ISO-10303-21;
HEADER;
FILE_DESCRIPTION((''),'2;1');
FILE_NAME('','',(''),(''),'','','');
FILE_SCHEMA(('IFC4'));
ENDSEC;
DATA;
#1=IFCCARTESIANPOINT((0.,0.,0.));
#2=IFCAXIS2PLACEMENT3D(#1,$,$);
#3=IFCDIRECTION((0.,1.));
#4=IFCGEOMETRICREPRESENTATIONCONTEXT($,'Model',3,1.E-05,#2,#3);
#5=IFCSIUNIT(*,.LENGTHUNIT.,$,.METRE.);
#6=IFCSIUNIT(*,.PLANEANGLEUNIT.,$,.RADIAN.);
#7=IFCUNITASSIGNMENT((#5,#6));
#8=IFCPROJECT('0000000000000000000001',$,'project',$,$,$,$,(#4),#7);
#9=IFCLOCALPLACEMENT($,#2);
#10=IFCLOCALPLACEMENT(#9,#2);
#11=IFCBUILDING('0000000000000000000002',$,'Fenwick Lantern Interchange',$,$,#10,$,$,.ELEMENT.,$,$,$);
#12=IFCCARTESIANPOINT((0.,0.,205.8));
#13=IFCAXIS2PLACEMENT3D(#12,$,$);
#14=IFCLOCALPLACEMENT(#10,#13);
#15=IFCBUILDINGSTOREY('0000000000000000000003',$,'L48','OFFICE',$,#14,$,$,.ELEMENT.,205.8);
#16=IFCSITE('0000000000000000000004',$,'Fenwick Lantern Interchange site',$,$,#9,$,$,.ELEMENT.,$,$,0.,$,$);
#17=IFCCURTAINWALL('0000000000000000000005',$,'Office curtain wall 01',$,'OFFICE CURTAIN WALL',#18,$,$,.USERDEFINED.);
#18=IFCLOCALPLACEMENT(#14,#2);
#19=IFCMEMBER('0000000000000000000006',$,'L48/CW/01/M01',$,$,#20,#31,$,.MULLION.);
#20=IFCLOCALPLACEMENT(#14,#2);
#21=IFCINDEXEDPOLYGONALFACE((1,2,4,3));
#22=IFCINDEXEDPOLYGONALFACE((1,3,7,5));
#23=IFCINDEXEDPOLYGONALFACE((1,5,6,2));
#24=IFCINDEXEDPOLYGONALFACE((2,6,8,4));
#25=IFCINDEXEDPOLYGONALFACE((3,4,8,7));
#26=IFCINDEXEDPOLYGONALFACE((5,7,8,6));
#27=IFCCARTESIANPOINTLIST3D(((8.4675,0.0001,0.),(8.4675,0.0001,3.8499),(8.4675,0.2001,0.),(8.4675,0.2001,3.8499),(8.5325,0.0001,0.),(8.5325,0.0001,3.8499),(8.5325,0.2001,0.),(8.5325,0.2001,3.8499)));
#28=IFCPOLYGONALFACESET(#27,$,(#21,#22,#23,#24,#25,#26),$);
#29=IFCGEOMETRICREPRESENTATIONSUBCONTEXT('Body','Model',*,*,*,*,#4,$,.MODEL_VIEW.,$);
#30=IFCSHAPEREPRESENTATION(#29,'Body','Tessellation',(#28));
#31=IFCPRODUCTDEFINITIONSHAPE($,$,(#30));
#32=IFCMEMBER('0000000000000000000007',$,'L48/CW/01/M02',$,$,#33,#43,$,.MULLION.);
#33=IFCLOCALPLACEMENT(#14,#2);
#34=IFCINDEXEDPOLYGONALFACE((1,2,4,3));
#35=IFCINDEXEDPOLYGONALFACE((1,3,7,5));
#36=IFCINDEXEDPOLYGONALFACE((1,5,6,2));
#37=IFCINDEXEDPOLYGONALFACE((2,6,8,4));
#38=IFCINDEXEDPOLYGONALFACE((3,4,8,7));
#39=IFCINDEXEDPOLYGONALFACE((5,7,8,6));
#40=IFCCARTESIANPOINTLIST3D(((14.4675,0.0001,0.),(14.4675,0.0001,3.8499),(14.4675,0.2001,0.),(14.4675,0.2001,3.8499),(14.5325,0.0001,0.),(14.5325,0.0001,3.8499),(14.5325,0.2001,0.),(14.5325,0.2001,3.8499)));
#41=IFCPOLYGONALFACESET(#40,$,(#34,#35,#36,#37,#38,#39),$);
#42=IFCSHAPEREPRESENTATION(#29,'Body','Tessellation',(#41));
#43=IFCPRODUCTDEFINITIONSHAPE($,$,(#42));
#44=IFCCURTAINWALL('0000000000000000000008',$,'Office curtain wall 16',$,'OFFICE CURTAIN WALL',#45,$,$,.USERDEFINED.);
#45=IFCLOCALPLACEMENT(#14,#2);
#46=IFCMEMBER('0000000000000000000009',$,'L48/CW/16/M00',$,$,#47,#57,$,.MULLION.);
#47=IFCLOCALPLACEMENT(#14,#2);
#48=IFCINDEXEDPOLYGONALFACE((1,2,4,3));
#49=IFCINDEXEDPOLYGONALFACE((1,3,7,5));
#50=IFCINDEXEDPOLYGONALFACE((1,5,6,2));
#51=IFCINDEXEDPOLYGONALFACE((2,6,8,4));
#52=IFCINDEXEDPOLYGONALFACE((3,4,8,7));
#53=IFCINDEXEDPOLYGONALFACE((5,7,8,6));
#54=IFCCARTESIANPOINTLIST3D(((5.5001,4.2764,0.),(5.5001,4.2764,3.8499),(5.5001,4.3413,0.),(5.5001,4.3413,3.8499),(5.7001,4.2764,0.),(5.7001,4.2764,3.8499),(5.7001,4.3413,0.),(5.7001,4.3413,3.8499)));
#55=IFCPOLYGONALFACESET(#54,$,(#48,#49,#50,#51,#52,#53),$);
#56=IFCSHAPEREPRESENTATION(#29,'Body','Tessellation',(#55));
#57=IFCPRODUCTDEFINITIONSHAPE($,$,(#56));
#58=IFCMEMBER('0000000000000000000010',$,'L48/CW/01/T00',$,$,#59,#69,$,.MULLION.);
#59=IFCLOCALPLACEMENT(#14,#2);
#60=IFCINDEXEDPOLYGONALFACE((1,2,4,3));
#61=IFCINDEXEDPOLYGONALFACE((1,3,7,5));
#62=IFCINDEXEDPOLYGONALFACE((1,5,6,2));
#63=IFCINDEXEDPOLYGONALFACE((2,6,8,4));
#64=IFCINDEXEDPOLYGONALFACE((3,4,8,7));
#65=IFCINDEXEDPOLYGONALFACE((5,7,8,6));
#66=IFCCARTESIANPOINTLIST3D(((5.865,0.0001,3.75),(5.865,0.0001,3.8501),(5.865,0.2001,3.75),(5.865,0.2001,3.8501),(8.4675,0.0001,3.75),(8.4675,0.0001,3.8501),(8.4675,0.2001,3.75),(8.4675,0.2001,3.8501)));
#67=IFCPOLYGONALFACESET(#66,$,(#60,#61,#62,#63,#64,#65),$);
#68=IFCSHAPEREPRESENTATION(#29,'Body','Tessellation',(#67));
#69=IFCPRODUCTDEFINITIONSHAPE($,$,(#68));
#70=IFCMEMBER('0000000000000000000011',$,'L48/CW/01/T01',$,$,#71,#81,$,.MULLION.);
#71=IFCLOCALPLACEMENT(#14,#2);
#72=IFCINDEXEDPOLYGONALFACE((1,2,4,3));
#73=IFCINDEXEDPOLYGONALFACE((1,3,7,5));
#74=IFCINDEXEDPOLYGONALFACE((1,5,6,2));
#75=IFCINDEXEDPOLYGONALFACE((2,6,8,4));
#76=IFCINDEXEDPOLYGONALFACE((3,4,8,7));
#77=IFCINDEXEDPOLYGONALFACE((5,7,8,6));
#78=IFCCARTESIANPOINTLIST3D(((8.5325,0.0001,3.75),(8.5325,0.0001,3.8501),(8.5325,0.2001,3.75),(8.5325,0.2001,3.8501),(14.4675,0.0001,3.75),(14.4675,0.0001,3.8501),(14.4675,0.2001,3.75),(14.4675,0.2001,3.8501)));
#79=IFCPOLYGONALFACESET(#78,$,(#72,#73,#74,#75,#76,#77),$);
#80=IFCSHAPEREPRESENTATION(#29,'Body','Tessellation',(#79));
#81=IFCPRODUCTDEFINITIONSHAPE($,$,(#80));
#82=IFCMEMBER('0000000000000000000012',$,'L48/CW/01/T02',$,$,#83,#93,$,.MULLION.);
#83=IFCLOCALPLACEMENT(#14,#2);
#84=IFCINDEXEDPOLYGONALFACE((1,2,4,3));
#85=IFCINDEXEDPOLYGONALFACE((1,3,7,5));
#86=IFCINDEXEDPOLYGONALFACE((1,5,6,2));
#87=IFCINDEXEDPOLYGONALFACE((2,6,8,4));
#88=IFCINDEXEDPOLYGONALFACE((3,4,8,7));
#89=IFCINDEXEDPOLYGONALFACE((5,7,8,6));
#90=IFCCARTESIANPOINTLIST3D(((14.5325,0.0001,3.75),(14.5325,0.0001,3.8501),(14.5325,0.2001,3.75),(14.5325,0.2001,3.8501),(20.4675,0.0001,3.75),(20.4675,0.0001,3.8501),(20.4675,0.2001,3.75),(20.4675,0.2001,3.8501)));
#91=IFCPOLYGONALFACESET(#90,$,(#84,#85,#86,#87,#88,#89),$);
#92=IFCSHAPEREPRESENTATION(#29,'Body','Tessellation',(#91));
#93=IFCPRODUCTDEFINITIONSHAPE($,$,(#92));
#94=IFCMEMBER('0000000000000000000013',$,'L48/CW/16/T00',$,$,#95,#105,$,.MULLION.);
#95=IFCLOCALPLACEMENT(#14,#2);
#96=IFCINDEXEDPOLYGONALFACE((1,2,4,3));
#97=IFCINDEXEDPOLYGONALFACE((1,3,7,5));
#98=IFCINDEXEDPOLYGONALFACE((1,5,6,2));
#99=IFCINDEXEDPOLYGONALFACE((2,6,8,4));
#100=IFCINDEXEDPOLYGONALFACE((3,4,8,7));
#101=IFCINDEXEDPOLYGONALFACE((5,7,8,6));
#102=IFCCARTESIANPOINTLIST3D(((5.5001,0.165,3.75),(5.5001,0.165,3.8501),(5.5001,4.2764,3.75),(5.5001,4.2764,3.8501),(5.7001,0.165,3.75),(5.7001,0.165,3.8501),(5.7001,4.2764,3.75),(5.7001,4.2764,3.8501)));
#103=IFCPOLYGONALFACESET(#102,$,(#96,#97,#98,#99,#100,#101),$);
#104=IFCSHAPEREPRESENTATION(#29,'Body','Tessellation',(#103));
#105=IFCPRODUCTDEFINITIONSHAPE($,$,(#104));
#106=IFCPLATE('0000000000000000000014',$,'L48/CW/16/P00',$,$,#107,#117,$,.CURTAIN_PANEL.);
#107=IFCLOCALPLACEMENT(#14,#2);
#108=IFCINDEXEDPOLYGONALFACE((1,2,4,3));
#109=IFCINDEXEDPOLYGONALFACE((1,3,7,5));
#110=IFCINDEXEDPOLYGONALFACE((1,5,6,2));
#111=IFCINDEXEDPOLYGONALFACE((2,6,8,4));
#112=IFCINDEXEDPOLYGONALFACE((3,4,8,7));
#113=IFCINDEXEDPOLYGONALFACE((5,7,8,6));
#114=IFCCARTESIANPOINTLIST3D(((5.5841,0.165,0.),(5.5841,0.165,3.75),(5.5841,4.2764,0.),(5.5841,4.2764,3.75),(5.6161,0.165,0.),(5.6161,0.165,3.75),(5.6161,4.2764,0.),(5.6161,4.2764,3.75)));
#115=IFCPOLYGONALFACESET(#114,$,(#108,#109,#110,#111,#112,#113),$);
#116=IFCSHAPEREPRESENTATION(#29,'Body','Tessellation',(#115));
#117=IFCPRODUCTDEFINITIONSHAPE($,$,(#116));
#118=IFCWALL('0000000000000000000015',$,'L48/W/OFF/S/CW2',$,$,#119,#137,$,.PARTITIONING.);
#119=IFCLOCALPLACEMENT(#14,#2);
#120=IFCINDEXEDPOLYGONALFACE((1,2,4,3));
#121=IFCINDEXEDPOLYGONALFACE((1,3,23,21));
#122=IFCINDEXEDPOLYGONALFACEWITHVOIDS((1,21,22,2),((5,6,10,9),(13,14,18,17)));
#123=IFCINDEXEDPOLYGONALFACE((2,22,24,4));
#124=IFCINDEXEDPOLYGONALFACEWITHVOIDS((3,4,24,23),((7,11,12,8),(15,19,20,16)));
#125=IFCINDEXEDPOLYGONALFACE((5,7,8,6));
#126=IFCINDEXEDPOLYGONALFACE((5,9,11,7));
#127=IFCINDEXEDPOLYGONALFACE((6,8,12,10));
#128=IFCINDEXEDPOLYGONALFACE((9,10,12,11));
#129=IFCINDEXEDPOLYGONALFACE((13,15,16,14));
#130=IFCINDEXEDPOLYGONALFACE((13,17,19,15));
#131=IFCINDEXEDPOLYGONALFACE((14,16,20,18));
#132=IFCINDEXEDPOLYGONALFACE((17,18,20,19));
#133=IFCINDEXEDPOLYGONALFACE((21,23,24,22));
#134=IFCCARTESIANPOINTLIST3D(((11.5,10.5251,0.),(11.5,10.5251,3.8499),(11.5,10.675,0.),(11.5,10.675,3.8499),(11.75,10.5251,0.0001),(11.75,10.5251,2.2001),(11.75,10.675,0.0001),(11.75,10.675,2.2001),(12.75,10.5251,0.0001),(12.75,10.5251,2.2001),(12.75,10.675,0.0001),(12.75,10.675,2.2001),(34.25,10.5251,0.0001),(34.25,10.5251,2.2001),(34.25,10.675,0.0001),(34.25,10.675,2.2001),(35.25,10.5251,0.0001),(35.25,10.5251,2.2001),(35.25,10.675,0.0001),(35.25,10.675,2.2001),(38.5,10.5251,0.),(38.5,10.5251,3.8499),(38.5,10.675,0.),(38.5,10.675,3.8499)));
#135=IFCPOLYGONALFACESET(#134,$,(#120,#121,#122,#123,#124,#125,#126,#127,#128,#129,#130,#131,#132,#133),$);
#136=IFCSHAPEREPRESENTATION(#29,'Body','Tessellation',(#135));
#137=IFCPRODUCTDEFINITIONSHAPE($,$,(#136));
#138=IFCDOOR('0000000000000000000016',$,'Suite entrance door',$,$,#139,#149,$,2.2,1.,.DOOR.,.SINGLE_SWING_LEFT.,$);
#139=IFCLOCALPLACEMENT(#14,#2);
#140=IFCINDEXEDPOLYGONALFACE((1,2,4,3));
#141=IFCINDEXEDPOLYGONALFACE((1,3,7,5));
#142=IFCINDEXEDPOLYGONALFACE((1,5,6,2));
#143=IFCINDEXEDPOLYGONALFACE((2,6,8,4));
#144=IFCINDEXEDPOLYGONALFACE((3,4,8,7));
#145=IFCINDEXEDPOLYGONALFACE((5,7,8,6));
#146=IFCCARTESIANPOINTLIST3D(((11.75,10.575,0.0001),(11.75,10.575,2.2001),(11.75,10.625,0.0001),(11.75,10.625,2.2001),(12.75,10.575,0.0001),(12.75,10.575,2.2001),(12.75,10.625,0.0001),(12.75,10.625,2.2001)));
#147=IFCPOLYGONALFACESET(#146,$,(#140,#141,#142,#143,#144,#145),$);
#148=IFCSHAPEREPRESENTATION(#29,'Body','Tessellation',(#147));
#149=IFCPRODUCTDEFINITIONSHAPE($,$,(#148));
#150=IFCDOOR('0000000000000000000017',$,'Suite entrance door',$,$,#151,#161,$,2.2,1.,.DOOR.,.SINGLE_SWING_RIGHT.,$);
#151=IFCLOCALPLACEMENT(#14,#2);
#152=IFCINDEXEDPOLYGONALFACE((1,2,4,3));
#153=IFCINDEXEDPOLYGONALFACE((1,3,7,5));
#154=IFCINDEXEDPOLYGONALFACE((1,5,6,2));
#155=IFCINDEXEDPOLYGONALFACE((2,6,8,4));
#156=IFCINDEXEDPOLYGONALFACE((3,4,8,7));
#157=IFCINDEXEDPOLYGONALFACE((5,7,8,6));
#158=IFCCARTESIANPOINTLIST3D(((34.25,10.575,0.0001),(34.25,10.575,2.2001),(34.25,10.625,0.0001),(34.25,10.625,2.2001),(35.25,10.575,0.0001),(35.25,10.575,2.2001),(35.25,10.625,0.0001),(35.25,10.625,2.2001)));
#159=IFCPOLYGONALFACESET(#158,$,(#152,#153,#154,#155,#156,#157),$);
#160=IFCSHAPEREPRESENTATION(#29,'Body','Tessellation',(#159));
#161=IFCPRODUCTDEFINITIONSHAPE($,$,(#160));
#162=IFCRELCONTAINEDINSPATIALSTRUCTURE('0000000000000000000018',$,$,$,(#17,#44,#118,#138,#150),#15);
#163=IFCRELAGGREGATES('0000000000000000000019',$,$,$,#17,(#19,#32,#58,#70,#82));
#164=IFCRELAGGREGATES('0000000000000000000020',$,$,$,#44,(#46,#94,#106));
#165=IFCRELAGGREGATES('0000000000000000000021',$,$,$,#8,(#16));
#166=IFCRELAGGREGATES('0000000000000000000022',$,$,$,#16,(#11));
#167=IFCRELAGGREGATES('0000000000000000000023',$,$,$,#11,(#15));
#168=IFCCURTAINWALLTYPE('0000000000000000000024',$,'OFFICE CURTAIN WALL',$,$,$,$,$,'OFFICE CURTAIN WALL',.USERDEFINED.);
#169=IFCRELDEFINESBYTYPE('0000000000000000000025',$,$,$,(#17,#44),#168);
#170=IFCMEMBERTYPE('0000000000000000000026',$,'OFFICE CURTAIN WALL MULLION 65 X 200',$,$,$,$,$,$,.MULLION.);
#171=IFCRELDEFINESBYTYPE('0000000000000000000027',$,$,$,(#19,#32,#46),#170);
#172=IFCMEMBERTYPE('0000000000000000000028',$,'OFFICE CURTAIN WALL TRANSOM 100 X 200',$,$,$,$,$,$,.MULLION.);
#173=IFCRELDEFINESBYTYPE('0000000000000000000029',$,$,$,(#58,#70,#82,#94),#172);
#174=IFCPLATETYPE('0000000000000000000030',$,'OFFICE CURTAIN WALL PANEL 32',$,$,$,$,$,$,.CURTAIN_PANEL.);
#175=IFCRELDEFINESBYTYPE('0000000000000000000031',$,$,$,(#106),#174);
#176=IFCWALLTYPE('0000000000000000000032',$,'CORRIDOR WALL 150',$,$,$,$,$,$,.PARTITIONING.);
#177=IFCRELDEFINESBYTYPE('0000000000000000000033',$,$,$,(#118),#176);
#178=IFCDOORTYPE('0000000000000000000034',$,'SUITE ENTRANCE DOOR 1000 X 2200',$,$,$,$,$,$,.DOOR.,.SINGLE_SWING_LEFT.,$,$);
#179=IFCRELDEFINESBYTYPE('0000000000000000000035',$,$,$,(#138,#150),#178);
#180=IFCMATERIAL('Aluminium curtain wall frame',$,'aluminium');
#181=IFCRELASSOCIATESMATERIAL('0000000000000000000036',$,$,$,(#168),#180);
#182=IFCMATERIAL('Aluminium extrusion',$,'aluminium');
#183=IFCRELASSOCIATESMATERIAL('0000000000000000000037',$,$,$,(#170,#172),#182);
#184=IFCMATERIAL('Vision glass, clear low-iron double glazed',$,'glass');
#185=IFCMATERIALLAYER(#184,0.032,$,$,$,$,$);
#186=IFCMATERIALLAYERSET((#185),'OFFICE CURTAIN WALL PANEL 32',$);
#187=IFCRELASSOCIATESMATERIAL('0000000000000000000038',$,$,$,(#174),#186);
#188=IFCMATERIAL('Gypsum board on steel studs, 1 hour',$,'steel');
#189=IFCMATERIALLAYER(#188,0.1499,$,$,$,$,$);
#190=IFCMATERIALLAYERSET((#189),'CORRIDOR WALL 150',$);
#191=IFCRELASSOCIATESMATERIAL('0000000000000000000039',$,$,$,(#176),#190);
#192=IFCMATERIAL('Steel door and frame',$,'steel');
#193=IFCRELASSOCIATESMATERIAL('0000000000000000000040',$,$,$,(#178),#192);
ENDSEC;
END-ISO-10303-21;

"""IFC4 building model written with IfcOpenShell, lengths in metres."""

from ifc_helpers import new_model, si_unit, direction, frame, frame_2d, origin, origin_2d, place, context, subcontext, project, spatial, rectangle, extrude, material, layer, layer_set, material_profile, profile_set, type_object, element, fill, aggregate, save


model = new_model("IFC4")

# Units and contexts
model_context = context("Model", 3, precision=1e-05, world=origin(), true_north=direction((0.0, 1.0)))
body_context = subcontext(model_context, "Body", "Model", "MODEL_VIEW")
ifc_project = project(units=[si_unit("LENGTHUNIT", "METRE"), si_unit("PLANEANGLEUNIT", "RADIAN")], contexts=[model_context])

# Site, building, storey
site_placement = place(None, origin())
site = spatial("IfcSite", under=ifc_project, at=site_placement, Name="Fenwick Lantern Interchange site", CompositionType="ELEMENT", RefElevation=0.0)
building_placement = place(site_placement, origin())
building = spatial("IfcBuilding", under=site, at=building_placement, Name="Fenwick Lantern Interchange", CompositionType="ELEMENT")
storey_placement = place(building_placement, frame((0.0, 0.0, 205.8)))
storey = spatial("IfcBuildingStorey", under=building, at=storey_placement, Name="L48", Description="OFFICE", CompositionType="ELEMENT", Elevation=205.8)

# Curtain wall, members
ifc_material_1 = material(Name="Aluminium curtain wall frame", Category="aluminium")
curtain_wall_type = type_object("IfcCurtainWallType", Name="OFFICE CURTAIN WALL", ElementType="OFFICE CURTAIN WALL", PredefinedType="USERDEFINED", material=ifc_material_1)
curtain_wall_1_placement = place(storey_placement, origin())
curtain_wall_1 = element("IfcCurtainWall", 1, at=curtain_wall_1_placement, inside=storey, type_object=curtain_wall_type, Name="Office curtain wall 01", ObjectType="OFFICE CURTAIN WALL", PredefinedType="USERDEFINED")
ifc_material_2 = material(Name="Aluminium extrusion", Category="aluminium")
ifc_material_profile_1 = material_profile(ifc_material_2, rectangle(XDim=0.2, YDim=0.0649, at=origin_2d()), Name="OFFICE CURTAIN WALL MULLION 65 X 200")
ifc_profile_set_1 = profile_set([ifc_material_profile_1], Name="Aluminium extrusion")
member_type_1 = type_object("IfcMemberType", Name="OFFICE CURTAIN WALL MULLION 65 X 200", PredefinedType="MULLION", material=ifc_profile_set_1)
member_1_placement = place(storey_placement, frame((8.5, 0.1001, 0.0), z_axis=(0.0, 0.0, 1.0), x_axis=(0.0, 1.0, 0.0)))
member_1 = element("IfcMember", 2, at=member_1_placement, type_object=member_type_1, Name="L48/CW/01/M01", PredefinedType="MULLION", context=body_context, shape_type="SweptSolid", body=[
    extrude(rectangle(XDim=0.2, YDim=0.0649, at=origin_2d()), origin(), (0.0, 0.0, 1.0), 3.8499),
])
member_2_placement = place(storey_placement, frame((14.5, 0.1001, 0.0), z_axis=(0.0, 0.0, 1.0), x_axis=(0.0, 1.0, 0.0)))
member_2 = element("IfcMember", 3, at=member_2_placement, type_object=member_type_1, Name="L48/CW/01/M02", PredefinedType="MULLION", context=body_context, shape_type="SweptSolid", body=[
    extrude(rectangle(XDim=0.2, YDim=0.0649, at=origin_2d()), origin(), (0.0, 0.0, 1.0), 3.8499),
])

# Curtain wall, member
curtain_wall_2_placement = place(storey_placement, origin())
curtain_wall_2 = element("IfcCurtainWall", 4, at=curtain_wall_2_placement, inside=storey, type_object=curtain_wall_type, Name="Office curtain wall 16", ObjectType="OFFICE CURTAIN WALL", PredefinedType="USERDEFINED")
member_3_placement = place(storey_placement, frame((5.6001, 4.3088, 0.0), z_axis=(0.0, 0.0, 1.0), x_axis=(1.0, 0.0, 0.0)))
member_3 = element("IfcMember", 5, at=member_3_placement, type_object=member_type_1, Name="L48/CW/16/M00", PredefinedType="MULLION", context=body_context, shape_type="SweptSolid", body=[
    extrude(rectangle(XDim=0.2, YDim=0.0649, at=origin_2d()), origin(), (0.0, 0.0, 1.0), 3.8499),
])

# Members
ifc_material_profile_2 = material_profile(ifc_material_2, rectangle(XDim=0.2, YDim=0.1001, at=origin_2d()), Name="OFFICE CURTAIN WALL TRANSOM 100 X 200")
ifc_profile_set_2 = profile_set([ifc_material_profile_2], Name="Aluminium extrusion")
member_type_2 = type_object("IfcMemberType", Name="OFFICE CURTAIN WALL TRANSOM 100 X 200", PredefinedType="MULLION", material=ifc_profile_set_2)
member_4_placement = place(storey_placement, frame((5.865, 0.1001, 3.8), z_axis=(1.0, 0.0, 0.0), x_axis=(0.0, 1.0, 0.0)))
member_4 = element("IfcMember", 6, at=member_4_placement, type_object=member_type_2, Name="L48/CW/01/T00", PredefinedType="MULLION", context=body_context, shape_type="SweptSolid", body=[
    extrude(rectangle(XDim=0.2, YDim=0.1001, at=origin_2d()), origin(), (0.0, 0.0, 1.0), 2.6025),
])
member_5_placement = place(storey_placement, frame((8.5325, 0.1001, 3.8), z_axis=(1.0, 0.0, 0.0), x_axis=(0.0, 1.0, 0.0)))
member_5 = element("IfcMember", 7, at=member_5_placement, type_object=member_type_2, Name="L48/CW/01/T01", PredefinedType="MULLION", context=body_context, shape_type="SweptSolid", body=[
    extrude(rectangle(XDim=0.2, YDim=0.1001, at=origin_2d()), origin(), (0.0, 0.0, 1.0), 5.9351),
])
member_6_placement = place(storey_placement, frame((14.5325, 0.1001, 3.8), z_axis=(1.0, 0.0, 0.0), x_axis=(0.0, 1.0, 0.0)))
member_6 = element("IfcMember", 8, at=member_6_placement, type_object=member_type_2, Name="L48/CW/01/T02", PredefinedType="MULLION", context=body_context, shape_type="SweptSolid", body=[
    extrude(rectangle(XDim=0.2, YDim=0.1001, at=origin_2d()), origin(), (0.0, 0.0, 1.0), 5.9351),
])
aggregate(curtain_wall_1, [member_1, member_2, member_4, member_5, member_6])
member_7_placement = place(storey_placement, frame((5.6001, 4.2764, 3.8), z_axis=(0.0, -1.0, 0.0), x_axis=(1.0, 0.0, 0.0)))
member_7 = element("IfcMember", 9, at=member_7_placement, type_object=member_type_2, Name="L48/CW/16/T00", PredefinedType="MULLION", context=body_context, shape_type="SweptSolid", body=[
    extrude(rectangle(XDim=0.2, YDim=0.1001, at=origin_2d()), origin(), (0.0, 0.0, 1.0), 4.1113),
])

# Plate
ifc_material_3 = material(Name="Vision glass, clear low-iron double glazed", Category="glass")
ifc_layer_1 = layer(ifc_material_3, 0.032)
ifc_layer_set_1 = layer_set([ifc_layer_1], Name="OFFICE CURTAIN WALL PANEL 32")
plate_type = type_object("IfcPlateType", Name="OFFICE CURTAIN WALL PANEL 32", PredefinedType="CURTAIN_PANEL", material=ifc_layer_set_1)
plate_placement = place(storey_placement, frame((5.6001, 2.2207, 0.0), z_axis=(0.0, 0.0, 1.0), x_axis=(0.0, -1.0, 0.0)))
plate = element("IfcPlate", 10, at=plate_placement, type_object=plate_type, Name="L48/CW/16/P00", PredefinedType="CURTAIN_PANEL", context=body_context, shape_type="SweptSolid", body=[
    extrude(rectangle(XDim=4.1113, YDim=0.032, at=origin_2d()), origin(), (0.0, 0.0, 1.0), 3.75),
])
aggregate(curtain_wall_2, [member_3, member_7, plate])

# Wall, openings, doors
ifc_material_4 = material(Name="Gypsum board on steel studs, 1 hour", Category="steel")
ifc_layer_2 = layer(ifc_material_4, 0.1499)
ifc_layer_set_2 = layer_set([ifc_layer_2], Name="CORRIDOR WALL 150")
wall_type = type_object("IfcWallType", Name="CORRIDOR WALL 150", PredefinedType="PARTITIONING", material=ifc_layer_set_2)
wall_placement = place(storey_placement, frame((11.5, 10.6001, 0.0), z_axis=(0.0, 0.0, 1.0), x_axis=(1.0, 0.0, 0.0)))
wall = element("IfcWall", 11, at=wall_placement, inside=storey, type_object=wall_type, Name="L48/W/OFF/S/CW2", PredefinedType="PARTITIONING", context=body_context, shape_type="SweptSolid", body=[
    extrude(rectangle(XDim=27.0, YDim=0.1499, at=frame_2d((13.5, 0.0))), origin(), (0.0, 0.0, 1.0), 3.8499),
])
opening_1_placement = place(wall_placement, frame((0.25, 0.0, 0.0)))
opening_1 = element("IfcOpeningElement", 12, at=opening_1_placement, cuts=wall, PredefinedType="OPENING", context=body_context, shape_type="SweptSolid", body=[
    extrude(rectangle(XDim=1.0, YDim=2.2, at=frame_2d((0.5, 1.1001))), frame((0.0, 0.085, 0.0), z_axis=(0.0, -1.0, 0.0), x_axis=(1.0, 0.0, 0.0)), (0.0, 0.0, 1.0), 0.1699),
])
opening_2_placement = place(wall_placement, frame((22.75, 0.0, 0.0)))
opening_2 = element("IfcOpeningElement", 13, at=opening_2_placement, cuts=wall, PredefinedType="OPENING", context=body_context, shape_type="SweptSolid", body=[
    extrude(rectangle(XDim=1.0, YDim=2.2, at=frame_2d((0.5, 1.1001))), frame((0.0, 0.085, 0.0), z_axis=(0.0, -1.0, 0.0), x_axis=(1.0, 0.0, 0.0)), (0.0, 0.0, 1.0), 0.1699),
])
ifc_material_5 = material(Name="Steel door and frame", Category="steel")
door_type = type_object("IfcDoorType", Name="SUITE ENTRANCE DOOR 1000 X 2200", OperationType="SINGLE_SWING_LEFT", PredefinedType="DOOR", material=ifc_material_5)
door_1_placement = place(opening_1_placement, origin())
door_1 = element("IfcDoor", 14, at=door_1_placement, inside=storey, type_object=door_type, Name="Suite entrance door", OperationType="SINGLE_SWING_LEFT", OverallHeight=2.2, OverallWidth=1.0, PredefinedType="DOOR", context=body_context, shape_type="SweptSolid", body=[
    extrude(rectangle(XDim=1.0, YDim=2.2, at=frame_2d((0.5, 1.1001))), frame((0.0, 0.0249, 0.0), z_axis=(0.0, -1.0, 0.0), x_axis=(1.0, 0.0, 0.0)), (0.0, 0.0, 1.0), 0.05),
])
fill(opening_1, door_1)
door_2_placement = place(opening_2_placement, origin())
door_2 = element("IfcDoor", 15, at=door_2_placement, inside=storey, type_object=door_type, Name="Suite entrance door", OperationType="SINGLE_SWING_RIGHT", OverallHeight=2.2, OverallWidth=1.0, PredefinedType="DOOR", context=body_context, shape_type="SweptSolid", body=[
    extrude(rectangle(XDim=1.0, YDim=2.2, at=frame_2d((0.5, 1.1001))), frame((0.0, 0.0249, 0.0), z_axis=(0.0, -1.0, 0.0), x_axis=(1.0, 0.0, 0.0)), (0.0, 0.0, 1.0), 0.05),
])
fill(opening_2, door_2)

save(model, "model.ifc")
